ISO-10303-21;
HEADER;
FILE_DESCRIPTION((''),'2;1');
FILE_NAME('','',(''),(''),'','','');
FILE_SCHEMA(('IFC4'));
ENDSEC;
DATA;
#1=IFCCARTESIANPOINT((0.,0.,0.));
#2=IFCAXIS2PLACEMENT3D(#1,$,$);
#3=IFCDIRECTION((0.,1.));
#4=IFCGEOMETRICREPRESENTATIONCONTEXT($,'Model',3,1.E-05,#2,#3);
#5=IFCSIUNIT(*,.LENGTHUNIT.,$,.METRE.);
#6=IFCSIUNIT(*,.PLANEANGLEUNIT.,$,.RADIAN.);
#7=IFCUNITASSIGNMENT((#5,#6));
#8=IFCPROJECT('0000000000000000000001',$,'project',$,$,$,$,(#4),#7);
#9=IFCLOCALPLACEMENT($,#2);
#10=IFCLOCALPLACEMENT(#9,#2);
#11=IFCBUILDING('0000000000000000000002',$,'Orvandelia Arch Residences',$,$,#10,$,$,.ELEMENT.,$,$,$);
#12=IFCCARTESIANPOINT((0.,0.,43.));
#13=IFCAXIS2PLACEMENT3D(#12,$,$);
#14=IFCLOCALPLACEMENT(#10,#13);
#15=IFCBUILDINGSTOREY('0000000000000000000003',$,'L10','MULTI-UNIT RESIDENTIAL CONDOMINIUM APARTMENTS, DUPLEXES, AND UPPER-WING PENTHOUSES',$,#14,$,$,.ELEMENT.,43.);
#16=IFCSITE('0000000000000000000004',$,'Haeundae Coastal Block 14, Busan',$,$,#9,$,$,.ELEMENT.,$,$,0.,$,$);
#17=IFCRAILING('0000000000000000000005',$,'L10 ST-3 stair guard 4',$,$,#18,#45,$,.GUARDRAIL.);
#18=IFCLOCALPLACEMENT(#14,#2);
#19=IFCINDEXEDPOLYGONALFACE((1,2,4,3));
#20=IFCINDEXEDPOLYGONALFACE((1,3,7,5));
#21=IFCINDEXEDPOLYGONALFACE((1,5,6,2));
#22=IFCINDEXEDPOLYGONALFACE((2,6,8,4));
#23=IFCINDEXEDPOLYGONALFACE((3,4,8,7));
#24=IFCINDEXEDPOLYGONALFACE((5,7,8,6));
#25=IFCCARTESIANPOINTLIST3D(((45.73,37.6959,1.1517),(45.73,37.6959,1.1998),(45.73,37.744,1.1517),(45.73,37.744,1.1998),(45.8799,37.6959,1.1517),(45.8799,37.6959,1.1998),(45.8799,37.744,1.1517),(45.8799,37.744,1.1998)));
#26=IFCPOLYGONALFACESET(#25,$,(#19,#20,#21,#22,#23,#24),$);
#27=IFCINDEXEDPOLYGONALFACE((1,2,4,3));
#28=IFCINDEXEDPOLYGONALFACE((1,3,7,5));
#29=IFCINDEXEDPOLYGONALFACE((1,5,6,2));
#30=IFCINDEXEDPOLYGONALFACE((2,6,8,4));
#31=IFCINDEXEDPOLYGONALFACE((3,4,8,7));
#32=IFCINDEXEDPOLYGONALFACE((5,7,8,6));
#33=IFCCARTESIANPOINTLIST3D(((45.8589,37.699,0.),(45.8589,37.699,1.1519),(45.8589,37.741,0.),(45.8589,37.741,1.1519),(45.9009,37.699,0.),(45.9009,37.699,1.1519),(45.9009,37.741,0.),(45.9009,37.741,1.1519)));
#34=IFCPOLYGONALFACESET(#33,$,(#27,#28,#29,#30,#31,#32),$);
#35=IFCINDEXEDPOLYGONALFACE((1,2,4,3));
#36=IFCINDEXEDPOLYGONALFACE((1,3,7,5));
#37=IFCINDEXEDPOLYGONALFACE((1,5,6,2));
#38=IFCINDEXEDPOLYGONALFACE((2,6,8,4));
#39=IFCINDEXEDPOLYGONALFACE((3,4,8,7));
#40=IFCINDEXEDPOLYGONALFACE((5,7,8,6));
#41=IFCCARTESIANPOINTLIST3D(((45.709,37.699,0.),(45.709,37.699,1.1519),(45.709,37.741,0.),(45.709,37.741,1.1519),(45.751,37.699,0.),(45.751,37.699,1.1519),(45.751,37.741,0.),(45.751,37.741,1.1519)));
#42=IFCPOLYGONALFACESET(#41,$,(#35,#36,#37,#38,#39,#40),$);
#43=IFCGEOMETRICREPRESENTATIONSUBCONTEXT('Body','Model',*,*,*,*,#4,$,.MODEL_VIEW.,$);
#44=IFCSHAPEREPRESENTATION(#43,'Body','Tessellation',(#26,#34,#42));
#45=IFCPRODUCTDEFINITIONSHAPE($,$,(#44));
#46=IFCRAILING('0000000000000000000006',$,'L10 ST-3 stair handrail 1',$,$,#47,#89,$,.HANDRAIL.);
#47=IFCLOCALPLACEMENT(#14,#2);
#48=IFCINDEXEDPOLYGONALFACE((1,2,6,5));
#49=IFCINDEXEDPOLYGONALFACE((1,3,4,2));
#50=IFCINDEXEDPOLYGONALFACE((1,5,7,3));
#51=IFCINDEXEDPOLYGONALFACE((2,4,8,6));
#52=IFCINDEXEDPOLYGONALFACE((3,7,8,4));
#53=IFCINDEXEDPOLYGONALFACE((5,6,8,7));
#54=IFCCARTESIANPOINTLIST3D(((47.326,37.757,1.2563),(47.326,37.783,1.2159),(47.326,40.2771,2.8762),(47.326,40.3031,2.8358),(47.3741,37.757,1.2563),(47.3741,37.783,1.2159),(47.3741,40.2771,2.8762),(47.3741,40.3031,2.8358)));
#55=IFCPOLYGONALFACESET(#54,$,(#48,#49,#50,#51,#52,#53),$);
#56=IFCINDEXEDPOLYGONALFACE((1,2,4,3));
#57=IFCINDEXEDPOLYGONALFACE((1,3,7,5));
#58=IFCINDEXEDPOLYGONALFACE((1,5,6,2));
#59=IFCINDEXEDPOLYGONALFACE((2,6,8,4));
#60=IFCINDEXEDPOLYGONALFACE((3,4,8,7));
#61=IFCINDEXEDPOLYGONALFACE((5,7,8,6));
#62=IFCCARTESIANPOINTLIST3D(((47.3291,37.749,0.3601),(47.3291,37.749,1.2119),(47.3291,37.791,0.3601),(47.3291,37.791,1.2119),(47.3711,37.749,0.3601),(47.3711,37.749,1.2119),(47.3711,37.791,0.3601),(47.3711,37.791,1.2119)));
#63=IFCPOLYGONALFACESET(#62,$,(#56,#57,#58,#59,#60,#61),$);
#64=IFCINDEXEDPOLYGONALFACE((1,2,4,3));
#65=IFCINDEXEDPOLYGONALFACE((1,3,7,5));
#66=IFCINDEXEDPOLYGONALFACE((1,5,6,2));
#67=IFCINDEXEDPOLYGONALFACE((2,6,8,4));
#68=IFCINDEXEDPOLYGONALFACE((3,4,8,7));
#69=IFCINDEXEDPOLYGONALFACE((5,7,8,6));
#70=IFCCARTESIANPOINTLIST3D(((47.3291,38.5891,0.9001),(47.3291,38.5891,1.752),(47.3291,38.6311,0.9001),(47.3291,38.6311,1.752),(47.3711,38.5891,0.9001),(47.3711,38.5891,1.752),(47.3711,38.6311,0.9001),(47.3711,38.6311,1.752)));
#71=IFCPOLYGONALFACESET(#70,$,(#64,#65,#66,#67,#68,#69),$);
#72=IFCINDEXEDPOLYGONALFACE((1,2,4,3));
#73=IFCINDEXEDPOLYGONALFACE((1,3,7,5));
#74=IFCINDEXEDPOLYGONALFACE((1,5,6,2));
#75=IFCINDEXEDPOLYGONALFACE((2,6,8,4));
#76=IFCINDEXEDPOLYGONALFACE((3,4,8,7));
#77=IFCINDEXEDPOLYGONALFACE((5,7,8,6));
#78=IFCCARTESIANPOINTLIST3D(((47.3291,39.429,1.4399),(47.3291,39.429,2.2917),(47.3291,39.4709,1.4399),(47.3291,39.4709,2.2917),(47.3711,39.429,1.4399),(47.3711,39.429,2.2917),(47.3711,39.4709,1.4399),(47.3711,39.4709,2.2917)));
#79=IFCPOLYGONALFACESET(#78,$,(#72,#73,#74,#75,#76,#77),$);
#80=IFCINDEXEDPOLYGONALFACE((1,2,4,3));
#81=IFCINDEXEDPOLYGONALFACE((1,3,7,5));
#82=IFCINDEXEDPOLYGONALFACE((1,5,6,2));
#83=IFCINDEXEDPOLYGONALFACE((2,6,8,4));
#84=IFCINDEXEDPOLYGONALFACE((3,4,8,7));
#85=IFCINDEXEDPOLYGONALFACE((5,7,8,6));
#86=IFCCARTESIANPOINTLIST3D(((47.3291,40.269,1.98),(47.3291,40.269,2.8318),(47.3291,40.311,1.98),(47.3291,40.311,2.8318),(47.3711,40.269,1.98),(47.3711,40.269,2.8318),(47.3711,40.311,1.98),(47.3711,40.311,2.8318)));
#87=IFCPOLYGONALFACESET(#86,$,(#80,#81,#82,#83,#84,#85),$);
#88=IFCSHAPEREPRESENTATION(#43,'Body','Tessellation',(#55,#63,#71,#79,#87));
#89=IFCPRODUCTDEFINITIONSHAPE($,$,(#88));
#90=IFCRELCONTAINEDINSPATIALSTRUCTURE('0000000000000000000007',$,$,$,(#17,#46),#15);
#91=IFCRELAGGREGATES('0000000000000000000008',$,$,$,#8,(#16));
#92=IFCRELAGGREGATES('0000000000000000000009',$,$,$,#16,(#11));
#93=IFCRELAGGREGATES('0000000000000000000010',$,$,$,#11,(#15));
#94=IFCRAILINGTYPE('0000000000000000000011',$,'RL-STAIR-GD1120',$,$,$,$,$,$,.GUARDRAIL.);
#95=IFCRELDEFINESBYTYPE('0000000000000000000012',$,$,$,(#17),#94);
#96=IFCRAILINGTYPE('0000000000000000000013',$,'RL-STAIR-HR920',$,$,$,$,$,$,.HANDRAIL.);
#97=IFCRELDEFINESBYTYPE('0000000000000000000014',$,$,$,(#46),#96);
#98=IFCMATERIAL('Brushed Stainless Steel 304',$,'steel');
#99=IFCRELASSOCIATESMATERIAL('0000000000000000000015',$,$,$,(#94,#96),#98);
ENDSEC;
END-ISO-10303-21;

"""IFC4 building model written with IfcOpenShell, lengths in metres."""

from ifc_helpers import new_model, si_unit, direction, frame, origin, origin_2d, place, context, subcontext, project, spatial, rectangle, extrude, material, type_object, element, save


model = new_model("IFC4")

# Units and contexts
model_context = context("Model", 3, precision=1e-05, world=origin(), true_north=direction((0.0, 1.0)))
body_context = subcontext(model_context, "Body", "Model", "MODEL_VIEW")
ifc_project = project(units=[si_unit("LENGTHUNIT", "METRE"), si_unit("PLANEANGLEUNIT", "RADIAN")], contexts=[model_context])

# Site, building, storey
site_placement = place(None, origin())
site = spatial("IfcSite", under=ifc_project, at=site_placement, Name="Haeundae Coastal Block 14, Busan", CompositionType="ELEMENT", RefElevation=0.0)
building_placement = place(site_placement, origin())
building = spatial("IfcBuilding", under=site, at=building_placement, Name="Orvandelia Arch Residences", CompositionType="ELEMENT")
storey_placement = place(building_placement, frame((0.0, 0.0, 43.0)))
storey = spatial("IfcBuildingStorey", under=building, at=storey_placement, Name="L10", Description="MULTI-UNIT RESIDENTIAL CONDOMINIUM APARTMENTS, DUPLEXES, AND UPPER-WING PENTHOUSES", CompositionType="ELEMENT", Elevation=43.0)

# Railings
ifc_material_1 = material(Name="Brushed Stainless Steel 304", Category="steel")
railing_type_1 = type_object("IfcRailingType", Name="RL-STAIR-GD1120", PredefinedType="GUARDRAIL", material=ifc_material_1)
railing_1_placement = place(storey_placement, frame((45.8799, 37.72, 0.0)))
element("IfcRailing", 1, at=railing_1_placement, inside=storey, type_object=railing_type_1, Name="L10 ST-3 stair guard 4", PredefinedType="GUARDRAIL", context=body_context, shape_type="SweptSolid", body=[
    extrude(rectangle(XDim=0.0481, YDim=0.0481, at=origin_2d()), frame((0.0, 0.0, 1.1758), z_axis=(-1.0, 0.0, 0.0), x_axis=(0.0, -1.0, 0.0)), (0.0, 0.0, 1.0), 0.1499),
    extrude(rectangle(XDim=0.042, YDim=0.042, at=origin_2d()), origin(), (0.0, 0.0, 1.0), 1.1519),
    extrude(rectangle(XDim=0.042, YDim=0.042, at=origin_2d()), frame((-0.1499, 0.0, 0.0)), (0.0, 0.0, 1.0), 1.1519),
])
railing_type_2 = type_object("IfcRailingType", Name="RL-STAIR-HR920", PredefinedType="HANDRAIL", material=ifc_material_1)
railing_2_placement = place(storey_placement, frame((47.3501, 37.77, 0.3601)))
element("IfcRailing", 2, at=railing_2_placement, inside=storey, type_object=railing_type_2, Name="L10 ST-3 stair handrail 1", PredefinedType="HANDRAIL", context=body_context, shape_type="SweptSolid", body=[
    extrude(rectangle(XDim=0.0481, YDim=0.0481, at=origin_2d()), frame((0.0, 0.0, 0.876), z_axis=(0.0, 0.8412, 0.540725), x_axis=(-1.0, 0.0, 0.0)), (0.0, 0.0, 1.0), 2.9958),
    extrude(rectangle(XDim=0.042, YDim=0.042, at=origin_2d()), origin(), (0.0, 0.0, 1.0), 0.8518),
    extrude(rectangle(XDim=0.042, YDim=0.042, at=origin_2d()), frame((0.0, 0.8401, 0.54)), (0.0, 0.0, 1.0), 0.8518),
    extrude(rectangle(XDim=0.042, YDim=0.042, at=origin_2d()), frame((0.0, 1.6799, 1.0798)), (0.0, 0.0, 1.0), 0.8518),
    extrude(rectangle(XDim=0.042, YDim=0.042, at=origin_2d()), frame((0.0, 2.52, 1.6199)), (0.0, 0.0, 1.0), 0.8518),
])

save(model, "model.ifc")
